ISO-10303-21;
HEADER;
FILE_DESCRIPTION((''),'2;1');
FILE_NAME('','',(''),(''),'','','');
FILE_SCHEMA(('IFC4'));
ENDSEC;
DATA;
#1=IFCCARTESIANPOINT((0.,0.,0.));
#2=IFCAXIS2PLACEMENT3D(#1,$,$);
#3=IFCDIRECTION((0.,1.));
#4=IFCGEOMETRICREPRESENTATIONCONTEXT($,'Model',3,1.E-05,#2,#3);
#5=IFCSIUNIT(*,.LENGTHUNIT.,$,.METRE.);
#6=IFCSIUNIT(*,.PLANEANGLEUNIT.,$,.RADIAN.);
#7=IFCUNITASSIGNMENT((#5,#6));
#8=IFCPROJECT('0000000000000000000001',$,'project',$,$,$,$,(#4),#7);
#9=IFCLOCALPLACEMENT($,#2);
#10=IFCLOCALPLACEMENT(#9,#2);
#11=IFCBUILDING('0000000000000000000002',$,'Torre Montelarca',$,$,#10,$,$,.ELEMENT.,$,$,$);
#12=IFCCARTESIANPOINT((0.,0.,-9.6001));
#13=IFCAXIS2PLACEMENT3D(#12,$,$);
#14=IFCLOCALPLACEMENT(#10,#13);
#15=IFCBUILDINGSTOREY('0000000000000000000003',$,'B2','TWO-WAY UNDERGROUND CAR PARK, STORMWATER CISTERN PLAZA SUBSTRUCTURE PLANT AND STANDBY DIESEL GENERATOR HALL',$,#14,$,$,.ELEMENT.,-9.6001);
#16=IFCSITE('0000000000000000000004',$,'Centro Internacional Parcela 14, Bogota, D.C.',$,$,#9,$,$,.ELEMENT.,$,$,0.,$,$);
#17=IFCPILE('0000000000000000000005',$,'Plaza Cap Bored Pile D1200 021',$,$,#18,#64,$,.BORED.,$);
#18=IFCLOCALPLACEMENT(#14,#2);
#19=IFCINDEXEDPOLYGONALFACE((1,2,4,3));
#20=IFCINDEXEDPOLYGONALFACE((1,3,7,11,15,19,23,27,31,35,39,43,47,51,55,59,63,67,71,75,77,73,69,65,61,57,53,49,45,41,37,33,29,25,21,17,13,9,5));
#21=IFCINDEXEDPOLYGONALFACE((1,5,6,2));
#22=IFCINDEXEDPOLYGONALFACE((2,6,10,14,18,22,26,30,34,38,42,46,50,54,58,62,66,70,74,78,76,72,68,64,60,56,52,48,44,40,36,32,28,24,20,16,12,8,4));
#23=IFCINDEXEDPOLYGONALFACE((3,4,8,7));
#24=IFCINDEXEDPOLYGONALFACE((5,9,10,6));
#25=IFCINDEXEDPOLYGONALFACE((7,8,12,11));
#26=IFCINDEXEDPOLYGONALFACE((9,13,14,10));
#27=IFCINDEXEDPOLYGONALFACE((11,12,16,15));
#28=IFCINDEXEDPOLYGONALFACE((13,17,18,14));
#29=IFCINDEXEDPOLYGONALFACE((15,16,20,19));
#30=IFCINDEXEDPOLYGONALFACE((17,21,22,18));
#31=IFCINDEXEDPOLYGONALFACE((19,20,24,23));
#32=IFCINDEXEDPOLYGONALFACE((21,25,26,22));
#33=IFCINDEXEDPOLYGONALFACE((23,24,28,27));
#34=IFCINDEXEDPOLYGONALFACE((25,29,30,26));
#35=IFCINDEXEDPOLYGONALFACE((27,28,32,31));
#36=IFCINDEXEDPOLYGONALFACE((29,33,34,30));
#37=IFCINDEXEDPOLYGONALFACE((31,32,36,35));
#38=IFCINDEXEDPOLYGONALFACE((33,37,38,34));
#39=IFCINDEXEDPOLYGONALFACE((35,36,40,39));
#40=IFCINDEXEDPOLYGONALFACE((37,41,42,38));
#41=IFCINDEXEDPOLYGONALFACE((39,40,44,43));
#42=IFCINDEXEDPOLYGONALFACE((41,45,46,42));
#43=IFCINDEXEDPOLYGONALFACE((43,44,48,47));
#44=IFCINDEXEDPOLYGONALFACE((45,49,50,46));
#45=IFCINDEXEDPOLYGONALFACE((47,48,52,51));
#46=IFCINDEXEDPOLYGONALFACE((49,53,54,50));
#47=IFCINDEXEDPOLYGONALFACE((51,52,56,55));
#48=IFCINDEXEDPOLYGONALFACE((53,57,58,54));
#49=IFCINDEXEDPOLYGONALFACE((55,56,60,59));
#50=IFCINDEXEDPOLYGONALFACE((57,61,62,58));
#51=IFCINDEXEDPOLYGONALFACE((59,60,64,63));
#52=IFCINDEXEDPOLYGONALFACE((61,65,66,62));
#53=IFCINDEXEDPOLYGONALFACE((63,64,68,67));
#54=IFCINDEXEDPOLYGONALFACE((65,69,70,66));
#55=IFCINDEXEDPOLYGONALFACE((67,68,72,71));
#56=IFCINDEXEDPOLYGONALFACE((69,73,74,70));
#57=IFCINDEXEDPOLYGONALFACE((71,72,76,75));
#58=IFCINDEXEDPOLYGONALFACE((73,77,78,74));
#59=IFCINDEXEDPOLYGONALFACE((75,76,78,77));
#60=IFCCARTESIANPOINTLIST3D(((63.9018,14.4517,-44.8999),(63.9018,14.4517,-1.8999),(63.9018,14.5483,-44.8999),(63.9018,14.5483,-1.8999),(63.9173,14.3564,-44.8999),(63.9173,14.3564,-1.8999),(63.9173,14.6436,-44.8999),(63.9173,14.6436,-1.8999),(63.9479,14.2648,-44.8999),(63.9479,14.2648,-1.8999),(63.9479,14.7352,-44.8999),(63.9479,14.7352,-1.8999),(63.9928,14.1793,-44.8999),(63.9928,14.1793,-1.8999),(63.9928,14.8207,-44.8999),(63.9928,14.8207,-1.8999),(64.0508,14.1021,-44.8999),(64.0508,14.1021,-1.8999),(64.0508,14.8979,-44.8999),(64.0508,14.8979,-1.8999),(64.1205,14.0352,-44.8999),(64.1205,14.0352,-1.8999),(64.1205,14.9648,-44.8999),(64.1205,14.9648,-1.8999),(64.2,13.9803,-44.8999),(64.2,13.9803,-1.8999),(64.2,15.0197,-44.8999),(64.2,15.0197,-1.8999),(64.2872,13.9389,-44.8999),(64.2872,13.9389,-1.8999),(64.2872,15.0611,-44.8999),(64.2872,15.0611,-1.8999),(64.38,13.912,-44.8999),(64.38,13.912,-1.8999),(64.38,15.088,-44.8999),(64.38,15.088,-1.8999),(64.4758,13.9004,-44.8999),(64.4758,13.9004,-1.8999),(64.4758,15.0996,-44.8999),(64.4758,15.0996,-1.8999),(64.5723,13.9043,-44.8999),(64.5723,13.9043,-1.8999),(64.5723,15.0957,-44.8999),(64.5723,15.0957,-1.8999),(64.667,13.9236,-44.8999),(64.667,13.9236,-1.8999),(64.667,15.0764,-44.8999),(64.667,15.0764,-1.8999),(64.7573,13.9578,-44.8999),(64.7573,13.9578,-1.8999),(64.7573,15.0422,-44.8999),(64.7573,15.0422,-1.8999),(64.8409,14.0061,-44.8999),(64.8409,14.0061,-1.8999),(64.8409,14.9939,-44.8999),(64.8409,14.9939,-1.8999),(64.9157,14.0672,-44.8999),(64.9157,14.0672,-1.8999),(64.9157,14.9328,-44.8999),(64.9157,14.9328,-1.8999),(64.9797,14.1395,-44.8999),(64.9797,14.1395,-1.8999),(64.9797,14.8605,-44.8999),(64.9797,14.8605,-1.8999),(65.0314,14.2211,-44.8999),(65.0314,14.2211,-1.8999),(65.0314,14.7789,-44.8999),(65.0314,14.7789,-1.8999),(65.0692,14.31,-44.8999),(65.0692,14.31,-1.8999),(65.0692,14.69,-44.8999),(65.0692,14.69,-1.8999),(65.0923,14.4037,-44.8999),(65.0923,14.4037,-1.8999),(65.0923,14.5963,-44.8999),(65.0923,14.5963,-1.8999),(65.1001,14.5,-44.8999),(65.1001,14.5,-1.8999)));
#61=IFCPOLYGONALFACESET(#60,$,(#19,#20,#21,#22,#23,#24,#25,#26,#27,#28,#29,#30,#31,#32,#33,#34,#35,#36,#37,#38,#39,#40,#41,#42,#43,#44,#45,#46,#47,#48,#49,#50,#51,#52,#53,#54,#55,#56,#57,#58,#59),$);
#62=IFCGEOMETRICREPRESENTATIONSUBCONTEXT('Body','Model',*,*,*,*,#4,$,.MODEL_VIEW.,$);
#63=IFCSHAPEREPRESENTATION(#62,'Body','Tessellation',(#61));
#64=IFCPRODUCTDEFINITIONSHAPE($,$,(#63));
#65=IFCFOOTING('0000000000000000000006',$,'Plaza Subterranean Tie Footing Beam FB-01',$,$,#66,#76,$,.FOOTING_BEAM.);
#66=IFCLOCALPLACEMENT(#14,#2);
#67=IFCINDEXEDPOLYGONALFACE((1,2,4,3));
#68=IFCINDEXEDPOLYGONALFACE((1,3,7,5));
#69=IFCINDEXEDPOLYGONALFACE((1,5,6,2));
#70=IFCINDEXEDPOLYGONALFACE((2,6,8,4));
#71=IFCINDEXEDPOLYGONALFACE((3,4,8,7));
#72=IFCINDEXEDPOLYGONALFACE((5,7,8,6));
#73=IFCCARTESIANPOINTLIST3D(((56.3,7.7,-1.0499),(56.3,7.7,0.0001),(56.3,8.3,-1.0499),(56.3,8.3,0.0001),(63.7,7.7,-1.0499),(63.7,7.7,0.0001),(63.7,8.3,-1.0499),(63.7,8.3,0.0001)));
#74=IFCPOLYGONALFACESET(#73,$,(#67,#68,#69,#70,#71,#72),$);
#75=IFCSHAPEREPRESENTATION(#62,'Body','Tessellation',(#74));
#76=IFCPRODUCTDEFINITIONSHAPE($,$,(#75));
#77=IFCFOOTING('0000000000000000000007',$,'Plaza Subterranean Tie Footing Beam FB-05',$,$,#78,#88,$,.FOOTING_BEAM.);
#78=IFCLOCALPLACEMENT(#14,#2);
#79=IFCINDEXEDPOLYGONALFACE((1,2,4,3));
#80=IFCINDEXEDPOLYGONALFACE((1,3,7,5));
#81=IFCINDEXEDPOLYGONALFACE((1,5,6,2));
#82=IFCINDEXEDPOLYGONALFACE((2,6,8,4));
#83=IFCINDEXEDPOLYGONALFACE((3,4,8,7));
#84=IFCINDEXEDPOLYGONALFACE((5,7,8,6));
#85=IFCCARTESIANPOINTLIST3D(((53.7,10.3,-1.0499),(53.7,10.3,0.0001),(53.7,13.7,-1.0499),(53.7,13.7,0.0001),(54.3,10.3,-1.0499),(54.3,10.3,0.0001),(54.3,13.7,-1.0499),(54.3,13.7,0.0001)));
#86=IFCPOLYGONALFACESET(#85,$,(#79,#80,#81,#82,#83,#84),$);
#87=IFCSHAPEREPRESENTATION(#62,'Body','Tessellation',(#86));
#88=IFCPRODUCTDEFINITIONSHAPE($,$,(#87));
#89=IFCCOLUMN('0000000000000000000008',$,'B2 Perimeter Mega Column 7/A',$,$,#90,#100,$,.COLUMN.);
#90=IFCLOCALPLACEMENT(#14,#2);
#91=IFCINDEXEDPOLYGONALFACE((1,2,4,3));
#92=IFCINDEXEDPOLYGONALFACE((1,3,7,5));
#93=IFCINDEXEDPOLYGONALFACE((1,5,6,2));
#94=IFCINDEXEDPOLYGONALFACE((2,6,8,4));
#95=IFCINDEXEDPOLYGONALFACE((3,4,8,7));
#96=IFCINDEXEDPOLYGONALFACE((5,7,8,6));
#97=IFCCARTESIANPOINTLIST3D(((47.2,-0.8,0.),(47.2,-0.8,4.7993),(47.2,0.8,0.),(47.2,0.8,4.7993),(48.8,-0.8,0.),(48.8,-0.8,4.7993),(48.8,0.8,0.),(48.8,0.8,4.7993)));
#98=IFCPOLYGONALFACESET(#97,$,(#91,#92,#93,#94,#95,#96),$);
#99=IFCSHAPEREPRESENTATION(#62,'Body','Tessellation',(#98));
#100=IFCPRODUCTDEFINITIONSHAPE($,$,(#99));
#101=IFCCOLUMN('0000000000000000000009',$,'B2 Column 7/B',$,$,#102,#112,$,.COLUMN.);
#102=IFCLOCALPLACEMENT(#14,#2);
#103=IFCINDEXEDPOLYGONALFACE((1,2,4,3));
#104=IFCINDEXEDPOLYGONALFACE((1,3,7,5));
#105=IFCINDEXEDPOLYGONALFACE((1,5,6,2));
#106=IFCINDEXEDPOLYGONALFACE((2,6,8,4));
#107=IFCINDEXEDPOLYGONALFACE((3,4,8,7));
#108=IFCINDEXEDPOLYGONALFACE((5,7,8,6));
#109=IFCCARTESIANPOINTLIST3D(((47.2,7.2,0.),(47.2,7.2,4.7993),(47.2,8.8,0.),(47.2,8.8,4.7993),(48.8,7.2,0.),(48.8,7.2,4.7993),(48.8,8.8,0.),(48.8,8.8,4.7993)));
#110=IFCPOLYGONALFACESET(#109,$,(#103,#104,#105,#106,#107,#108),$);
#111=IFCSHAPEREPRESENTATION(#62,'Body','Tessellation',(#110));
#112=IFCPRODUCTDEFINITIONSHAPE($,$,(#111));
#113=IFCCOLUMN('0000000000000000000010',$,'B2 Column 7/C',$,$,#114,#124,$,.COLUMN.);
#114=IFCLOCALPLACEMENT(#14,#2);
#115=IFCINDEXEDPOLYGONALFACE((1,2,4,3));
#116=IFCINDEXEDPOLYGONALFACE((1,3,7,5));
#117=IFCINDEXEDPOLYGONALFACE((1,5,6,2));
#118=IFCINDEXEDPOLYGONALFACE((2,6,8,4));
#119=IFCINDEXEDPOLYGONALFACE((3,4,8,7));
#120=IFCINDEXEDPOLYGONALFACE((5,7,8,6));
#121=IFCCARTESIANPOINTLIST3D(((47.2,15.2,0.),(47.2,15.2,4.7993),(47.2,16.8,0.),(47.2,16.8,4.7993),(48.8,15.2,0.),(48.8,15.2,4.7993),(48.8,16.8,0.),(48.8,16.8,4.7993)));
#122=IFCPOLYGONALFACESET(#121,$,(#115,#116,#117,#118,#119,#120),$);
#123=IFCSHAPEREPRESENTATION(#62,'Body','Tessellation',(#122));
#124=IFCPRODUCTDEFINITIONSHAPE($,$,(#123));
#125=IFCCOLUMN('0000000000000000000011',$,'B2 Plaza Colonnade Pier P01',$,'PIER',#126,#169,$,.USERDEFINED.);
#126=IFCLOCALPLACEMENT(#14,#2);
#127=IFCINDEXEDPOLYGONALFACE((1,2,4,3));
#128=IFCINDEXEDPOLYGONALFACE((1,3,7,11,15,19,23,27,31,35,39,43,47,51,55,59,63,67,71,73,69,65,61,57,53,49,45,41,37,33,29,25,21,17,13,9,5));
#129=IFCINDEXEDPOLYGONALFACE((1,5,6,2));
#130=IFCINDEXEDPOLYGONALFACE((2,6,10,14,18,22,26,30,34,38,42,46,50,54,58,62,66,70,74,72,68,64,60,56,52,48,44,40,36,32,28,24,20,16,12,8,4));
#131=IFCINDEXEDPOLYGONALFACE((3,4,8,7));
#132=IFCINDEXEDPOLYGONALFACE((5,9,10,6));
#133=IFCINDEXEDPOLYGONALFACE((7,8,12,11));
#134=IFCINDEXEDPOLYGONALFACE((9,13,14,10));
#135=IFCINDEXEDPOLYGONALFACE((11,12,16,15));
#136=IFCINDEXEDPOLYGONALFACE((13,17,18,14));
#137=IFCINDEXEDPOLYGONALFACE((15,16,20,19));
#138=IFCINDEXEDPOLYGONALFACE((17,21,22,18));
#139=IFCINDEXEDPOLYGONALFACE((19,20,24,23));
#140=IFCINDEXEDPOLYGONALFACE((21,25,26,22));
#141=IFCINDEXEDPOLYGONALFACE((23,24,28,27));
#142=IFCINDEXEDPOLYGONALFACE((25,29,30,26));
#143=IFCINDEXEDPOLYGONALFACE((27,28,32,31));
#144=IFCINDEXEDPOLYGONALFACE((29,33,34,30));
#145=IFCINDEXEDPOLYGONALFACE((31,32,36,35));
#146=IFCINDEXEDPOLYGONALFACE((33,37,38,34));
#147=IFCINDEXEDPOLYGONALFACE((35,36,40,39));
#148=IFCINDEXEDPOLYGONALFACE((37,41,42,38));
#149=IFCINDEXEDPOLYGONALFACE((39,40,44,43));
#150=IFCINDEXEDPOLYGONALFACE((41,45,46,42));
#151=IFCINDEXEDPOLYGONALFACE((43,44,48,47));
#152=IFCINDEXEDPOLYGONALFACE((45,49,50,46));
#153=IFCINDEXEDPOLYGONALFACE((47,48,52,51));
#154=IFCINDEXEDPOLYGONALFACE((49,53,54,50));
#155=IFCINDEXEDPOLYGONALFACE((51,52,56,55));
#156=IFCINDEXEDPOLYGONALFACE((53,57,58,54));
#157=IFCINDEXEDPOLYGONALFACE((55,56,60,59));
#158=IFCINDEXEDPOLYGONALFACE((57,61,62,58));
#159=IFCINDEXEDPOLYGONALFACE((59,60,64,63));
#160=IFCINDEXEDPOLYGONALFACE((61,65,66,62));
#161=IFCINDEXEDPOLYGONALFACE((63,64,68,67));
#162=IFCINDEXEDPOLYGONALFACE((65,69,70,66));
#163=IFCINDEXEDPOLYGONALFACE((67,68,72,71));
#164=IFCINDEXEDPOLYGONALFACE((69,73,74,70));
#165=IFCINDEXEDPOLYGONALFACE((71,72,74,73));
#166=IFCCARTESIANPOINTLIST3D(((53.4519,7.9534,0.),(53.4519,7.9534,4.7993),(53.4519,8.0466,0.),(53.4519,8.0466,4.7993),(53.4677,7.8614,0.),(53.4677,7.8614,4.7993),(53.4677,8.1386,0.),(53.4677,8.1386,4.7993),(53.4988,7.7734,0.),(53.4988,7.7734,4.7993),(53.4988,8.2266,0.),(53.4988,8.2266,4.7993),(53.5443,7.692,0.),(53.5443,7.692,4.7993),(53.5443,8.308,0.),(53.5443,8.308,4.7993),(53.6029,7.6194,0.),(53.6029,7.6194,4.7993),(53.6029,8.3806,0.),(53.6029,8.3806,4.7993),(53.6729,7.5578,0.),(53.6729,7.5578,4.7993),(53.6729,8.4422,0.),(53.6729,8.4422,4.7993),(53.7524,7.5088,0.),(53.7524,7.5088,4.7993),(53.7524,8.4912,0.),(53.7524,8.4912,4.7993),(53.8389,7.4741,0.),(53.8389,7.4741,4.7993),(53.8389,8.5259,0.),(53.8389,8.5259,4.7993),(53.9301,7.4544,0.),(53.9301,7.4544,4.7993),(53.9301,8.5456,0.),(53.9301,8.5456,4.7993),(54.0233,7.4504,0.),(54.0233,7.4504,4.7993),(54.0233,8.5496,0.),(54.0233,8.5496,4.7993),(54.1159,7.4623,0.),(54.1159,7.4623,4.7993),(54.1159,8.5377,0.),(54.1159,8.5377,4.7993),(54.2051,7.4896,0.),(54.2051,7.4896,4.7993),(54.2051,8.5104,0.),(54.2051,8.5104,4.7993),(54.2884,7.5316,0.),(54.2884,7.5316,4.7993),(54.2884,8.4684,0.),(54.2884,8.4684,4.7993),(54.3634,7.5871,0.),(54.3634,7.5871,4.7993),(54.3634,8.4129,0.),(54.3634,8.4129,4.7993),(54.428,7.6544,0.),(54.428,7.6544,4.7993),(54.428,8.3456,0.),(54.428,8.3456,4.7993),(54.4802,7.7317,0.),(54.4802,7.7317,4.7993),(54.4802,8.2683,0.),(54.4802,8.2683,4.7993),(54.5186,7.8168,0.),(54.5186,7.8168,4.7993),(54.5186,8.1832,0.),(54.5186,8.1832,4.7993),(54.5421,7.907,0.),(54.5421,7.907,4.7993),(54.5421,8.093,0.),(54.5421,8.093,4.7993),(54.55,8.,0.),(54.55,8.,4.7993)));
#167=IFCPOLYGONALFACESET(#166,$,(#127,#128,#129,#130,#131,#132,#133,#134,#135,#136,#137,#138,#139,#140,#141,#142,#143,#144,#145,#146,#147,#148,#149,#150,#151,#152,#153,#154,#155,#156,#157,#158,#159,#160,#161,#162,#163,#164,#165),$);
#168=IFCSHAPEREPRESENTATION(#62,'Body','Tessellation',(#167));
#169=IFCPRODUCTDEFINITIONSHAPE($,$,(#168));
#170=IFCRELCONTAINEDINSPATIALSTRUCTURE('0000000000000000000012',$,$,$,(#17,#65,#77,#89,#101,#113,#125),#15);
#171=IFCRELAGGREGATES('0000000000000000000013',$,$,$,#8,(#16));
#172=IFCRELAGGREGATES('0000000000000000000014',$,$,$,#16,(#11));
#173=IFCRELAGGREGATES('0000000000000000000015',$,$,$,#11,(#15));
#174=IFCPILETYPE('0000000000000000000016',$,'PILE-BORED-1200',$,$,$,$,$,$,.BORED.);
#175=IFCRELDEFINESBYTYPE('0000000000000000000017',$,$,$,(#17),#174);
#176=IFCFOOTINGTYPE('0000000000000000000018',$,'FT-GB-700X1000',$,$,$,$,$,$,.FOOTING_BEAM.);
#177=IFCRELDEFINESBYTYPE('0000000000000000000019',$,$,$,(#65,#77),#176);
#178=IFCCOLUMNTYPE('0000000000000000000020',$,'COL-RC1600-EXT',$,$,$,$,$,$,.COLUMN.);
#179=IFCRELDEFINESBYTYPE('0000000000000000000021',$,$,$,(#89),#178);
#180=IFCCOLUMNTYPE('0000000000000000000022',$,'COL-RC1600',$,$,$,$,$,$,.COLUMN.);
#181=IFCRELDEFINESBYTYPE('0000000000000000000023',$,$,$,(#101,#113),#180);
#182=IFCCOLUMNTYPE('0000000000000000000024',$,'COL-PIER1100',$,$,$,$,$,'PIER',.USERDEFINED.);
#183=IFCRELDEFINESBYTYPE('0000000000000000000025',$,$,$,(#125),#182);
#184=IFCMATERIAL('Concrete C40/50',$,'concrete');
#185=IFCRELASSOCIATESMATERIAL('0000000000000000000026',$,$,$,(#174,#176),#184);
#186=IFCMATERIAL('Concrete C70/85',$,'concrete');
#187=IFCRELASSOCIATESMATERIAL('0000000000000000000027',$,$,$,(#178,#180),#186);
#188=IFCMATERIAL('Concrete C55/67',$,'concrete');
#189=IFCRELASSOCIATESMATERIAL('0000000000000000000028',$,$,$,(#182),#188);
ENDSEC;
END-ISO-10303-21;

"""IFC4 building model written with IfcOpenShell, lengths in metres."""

from ifc_helpers import new_model, si_unit, direction, frame, origin, origin_2d, place, context, subcontext, project, spatial, rectangle, circle, extrude, source, transform, mapped, material, material_profile, profile_set, type_object, element, save


model = new_model("IFC4")

# Units and contexts
model_context = context("Model", 3, precision=1e-05, world=origin(), true_north=direction((0.0, 1.0)))
body_context = subcontext(model_context, "Body", "Model", "MODEL_VIEW")
ifc_project = project(units=[si_unit("LENGTHUNIT", "METRE"), si_unit("PLANEANGLEUNIT", "RADIAN")], contexts=[model_context])

# Site, building, storey
site_placement = place(None, origin())
site = spatial("IfcSite", under=ifc_project, at=site_placement, Name="Centro Internacional Parcela 14, Bogota, D.C.", CompositionType="ELEMENT", RefElevation=0.0)
building_placement = place(site_placement, origin())
building = spatial("IfcBuilding", under=site, at=building_placement, Name="Torre Montelarca", CompositionType="ELEMENT")
storey_placement = place(building_placement, frame((0.0, 0.0, -9.6001)))
storey = spatial("IfcBuildingStorey", under=building, at=storey_placement, Name="B2", Description="TWO-WAY UNDERGROUND CAR PARK, STORMWATER CISTERN PLAZA SUBSTRUCTURE PLANT AND STANDBY DIESEL GENERATOR HALL", CompositionType="ELEMENT", Elevation=-9.6001)

# Pile
ifc_material_1 = material(Name="Concrete C40/50", Category="concrete")
ifc_material_profile_1 = material_profile(ifc_material_1, circle(Radius=0.6001, at=origin_2d()), Name="PILE-D1200", Category="concrete")
ifc_profile_set_1 = profile_set([ifc_material_profile_1], Name="Concrete C40/50")
pile_type_1 = type_object("IfcPileType", Name="PILE-BORED-1200", PredefinedType="BORED", material=ifc_profile_set_1)
shared_shape_1 = source(origin(), body_context, "Body", "SweptSolid", [
    extrude(circle(Radius=0.6001, at=origin_2d()), origin(), (0.0, 0.0, 1.0), 43.0),
])
for number, where, z_axis, x_axis, name in (
    (1, (64.5, 14.5, -1.8999), (0.0, 0.0, -1.0), (1.0, 0.0, 0.0), "Plaza Cap Bored Pile D1200 021"),
):
    element("IfcPile", number, at=place(storey_placement, frame(where, z_axis=z_axis, x_axis=x_axis)), inside=storey, type_object=pile_type_1, Name=name, PredefinedType="BORED", context=body_context, shape_type="MappedRepresentation", body=[
        mapped(shared_shape_1, transform((0.0, 0.0, 0.0), scale=1.0)),
    ])

# Footings
ifc_material_profile_2 = material_profile(ifc_material_1, rectangle(XDim=0.6001, YDim=1.05, at=origin_2d()), Name="RCB600X1050", Category="concrete")
ifc_profile_set_2 = profile_set([ifc_material_profile_2], Name="Concrete C40/50")
footing_type = type_object("IfcFootingType", Name="FT-GB-700X1000", PredefinedType="FOOTING_BEAM", material=ifc_profile_set_2)
shared_shape_2 = source(origin(), body_context, "Body", "SweptSolid", [
    extrude(rectangle(XDim=0.6001, YDim=1.05, at=origin_2d()), origin(), (0.0, 0.0, 1.0), 7.3999),
])
footing_1_placement = place(storey_placement, frame((56.3, 8.0, -0.5249), z_axis=(1.0, 0.0, 0.0), x_axis=(0.0, 1.0, 0.0)))
element("IfcFooting", 2, at=footing_1_placement, inside=storey, type_object=footing_type, Name="Plaza Subterranean Tie Footing Beam FB-01", PredefinedType="FOOTING_BEAM", context=body_context, shape_type="MappedRepresentation", body=[
    mapped(shared_shape_2, transform((0.0, 0.0, 0.0), scale=1.0)),
])
shared_shape_3 = source(origin(), body_context, "Body", "SweptSolid", [
    extrude(rectangle(XDim=0.6001, YDim=1.05, at=origin_2d()), origin(), (0.0, 0.0, 1.0), 3.3999),
])
footing_2_placement = place(storey_placement, frame((54.0, 10.3, -0.5249), z_axis=(0.0, 1.0, 0.0), x_axis=(-1.0, 0.0, 0.0)))
element("IfcFooting", 3, at=footing_2_placement, inside=storey, type_object=footing_type, Name="Plaza Subterranean Tie Footing Beam FB-05", PredefinedType="FOOTING_BEAM", context=body_context, shape_type="MappedRepresentation", body=[
    mapped(shared_shape_3, transform((0.0, 0.0, 0.0), scale=1.0)),
])

# Columns
ifc_material_2 = material(Name="Concrete C70/85", Category="concrete")
ifc_material_profile_3 = material_profile(ifc_material_2, rectangle(XDim=1.6001, YDim=1.6001, at=origin_2d()), Name="RC1600X1600", Category="concrete")
ifc_profile_set_3 = profile_set([ifc_material_profile_3], Name="Concrete C70/85")
column_type_1 = type_object("IfcColumnType", Name="COL-RC1600-EXT", PredefinedType="COLUMN", material=ifc_profile_set_3)
shared_shape_4 = source(origin(), body_context, "Body", "SweptSolid", [
    extrude(rectangle(XDim=1.6001, YDim=1.6001, at=origin_2d()), origin(), (0.0, 0.0, 1.0), 4.7993),
])
column_placement = place(storey_placement, frame((48.0, 0.0, 0.0), z_axis=(0.0, 0.0, 1.0), x_axis=(1.0, 0.0, 0.0)))
element("IfcColumn", 4, at=column_placement, inside=storey, type_object=column_type_1, Name="B2 Perimeter Mega Column 7/A", PredefinedType="COLUMN", context=body_context, shape_type="MappedRepresentation", body=[
    mapped(shared_shape_4, transform((0.0, 0.0, 0.0), scale=1.0)),
])
ifc_material_profile_4 = material_profile(ifc_material_2, rectangle(XDim=1.6001, YDim=1.6001, at=origin_2d()), Name="RC1600X1600", Category="concrete")
ifc_profile_set_4 = profile_set([ifc_material_profile_4], Name="Concrete C70/85")
column_type_2 = type_object("IfcColumnType", Name="COL-RC1600", PredefinedType="COLUMN", material=ifc_profile_set_4)
shared_shape_5 = source(origin(), body_context, "Body", "SweptSolid", [
    extrude(rectangle(XDim=1.6001, YDim=1.6001, at=origin_2d()), origin(), (0.0, 0.0, 1.0), 4.7993),
])
for number, where, z_axis, x_axis, name in (
    (5, (48.0, 8.0, 0.0), (0.0, 0.0, 1.0), (1.0, 0.0, 0.0), "B2 Column 7/B"),
    (6, (48.0, 16.0, 0.0), (0.0, 0.0, 1.0), (1.0, 0.0, 0.0), "B2 Column 7/C"),
):
    element("IfcColumn", number, at=place(storey_placement, frame(where, z_axis=z_axis, x_axis=x_axis)), inside=storey, type_object=column_type_2, Name=name, PredefinedType="COLUMN", context=body_context, shape_type="MappedRepresentation", body=[
        mapped(shared_shape_5, transform((0.0, 0.0, 0.0), scale=1.0)),
    ])
ifc_material_3 = material(Name="Concrete C55/67", Category="concrete")
ifc_material_profile_5 = material_profile(ifc_material_3, circle(Radius=0.55, at=origin_2d()), Name="RCC1100", Category="concrete")
ifc_profile_set_5 = profile_set([ifc_material_profile_5], Name="Concrete C55/67")
column_type_3 = type_object("IfcColumnType", Name="COL-PIER1100", ElementType="PIER", PredefinedType="USERDEFINED", material=ifc_profile_set_5)
shared_shape_6 = source(origin(), body_context, "Body", "SweptSolid", [
    extrude(circle(Radius=0.55, at=origin_2d()), origin(), (0.0, 0.0, 1.0), 4.7993),
])
for number, where, z_axis, x_axis, name in (
    (7, (54.0, 8.0, 0.0), (0.0, 0.0, 1.0), (1.0, 0.0, 0.0), "B2 Plaza Colonnade Pier P01"),
):
    element("IfcColumn", number, at=place(storey_placement, frame(where, z_axis=z_axis, x_axis=x_axis)), inside=storey, type_object=column_type_3, Name=name, ObjectType="PIER", PredefinedType="USERDEFINED", context=body_context, shape_type="MappedRepresentation", body=[
        mapped(shared_shape_6, transform((0.0, 0.0, 0.0), scale=1.0)),
    ])

save(model, "model.ifc")
